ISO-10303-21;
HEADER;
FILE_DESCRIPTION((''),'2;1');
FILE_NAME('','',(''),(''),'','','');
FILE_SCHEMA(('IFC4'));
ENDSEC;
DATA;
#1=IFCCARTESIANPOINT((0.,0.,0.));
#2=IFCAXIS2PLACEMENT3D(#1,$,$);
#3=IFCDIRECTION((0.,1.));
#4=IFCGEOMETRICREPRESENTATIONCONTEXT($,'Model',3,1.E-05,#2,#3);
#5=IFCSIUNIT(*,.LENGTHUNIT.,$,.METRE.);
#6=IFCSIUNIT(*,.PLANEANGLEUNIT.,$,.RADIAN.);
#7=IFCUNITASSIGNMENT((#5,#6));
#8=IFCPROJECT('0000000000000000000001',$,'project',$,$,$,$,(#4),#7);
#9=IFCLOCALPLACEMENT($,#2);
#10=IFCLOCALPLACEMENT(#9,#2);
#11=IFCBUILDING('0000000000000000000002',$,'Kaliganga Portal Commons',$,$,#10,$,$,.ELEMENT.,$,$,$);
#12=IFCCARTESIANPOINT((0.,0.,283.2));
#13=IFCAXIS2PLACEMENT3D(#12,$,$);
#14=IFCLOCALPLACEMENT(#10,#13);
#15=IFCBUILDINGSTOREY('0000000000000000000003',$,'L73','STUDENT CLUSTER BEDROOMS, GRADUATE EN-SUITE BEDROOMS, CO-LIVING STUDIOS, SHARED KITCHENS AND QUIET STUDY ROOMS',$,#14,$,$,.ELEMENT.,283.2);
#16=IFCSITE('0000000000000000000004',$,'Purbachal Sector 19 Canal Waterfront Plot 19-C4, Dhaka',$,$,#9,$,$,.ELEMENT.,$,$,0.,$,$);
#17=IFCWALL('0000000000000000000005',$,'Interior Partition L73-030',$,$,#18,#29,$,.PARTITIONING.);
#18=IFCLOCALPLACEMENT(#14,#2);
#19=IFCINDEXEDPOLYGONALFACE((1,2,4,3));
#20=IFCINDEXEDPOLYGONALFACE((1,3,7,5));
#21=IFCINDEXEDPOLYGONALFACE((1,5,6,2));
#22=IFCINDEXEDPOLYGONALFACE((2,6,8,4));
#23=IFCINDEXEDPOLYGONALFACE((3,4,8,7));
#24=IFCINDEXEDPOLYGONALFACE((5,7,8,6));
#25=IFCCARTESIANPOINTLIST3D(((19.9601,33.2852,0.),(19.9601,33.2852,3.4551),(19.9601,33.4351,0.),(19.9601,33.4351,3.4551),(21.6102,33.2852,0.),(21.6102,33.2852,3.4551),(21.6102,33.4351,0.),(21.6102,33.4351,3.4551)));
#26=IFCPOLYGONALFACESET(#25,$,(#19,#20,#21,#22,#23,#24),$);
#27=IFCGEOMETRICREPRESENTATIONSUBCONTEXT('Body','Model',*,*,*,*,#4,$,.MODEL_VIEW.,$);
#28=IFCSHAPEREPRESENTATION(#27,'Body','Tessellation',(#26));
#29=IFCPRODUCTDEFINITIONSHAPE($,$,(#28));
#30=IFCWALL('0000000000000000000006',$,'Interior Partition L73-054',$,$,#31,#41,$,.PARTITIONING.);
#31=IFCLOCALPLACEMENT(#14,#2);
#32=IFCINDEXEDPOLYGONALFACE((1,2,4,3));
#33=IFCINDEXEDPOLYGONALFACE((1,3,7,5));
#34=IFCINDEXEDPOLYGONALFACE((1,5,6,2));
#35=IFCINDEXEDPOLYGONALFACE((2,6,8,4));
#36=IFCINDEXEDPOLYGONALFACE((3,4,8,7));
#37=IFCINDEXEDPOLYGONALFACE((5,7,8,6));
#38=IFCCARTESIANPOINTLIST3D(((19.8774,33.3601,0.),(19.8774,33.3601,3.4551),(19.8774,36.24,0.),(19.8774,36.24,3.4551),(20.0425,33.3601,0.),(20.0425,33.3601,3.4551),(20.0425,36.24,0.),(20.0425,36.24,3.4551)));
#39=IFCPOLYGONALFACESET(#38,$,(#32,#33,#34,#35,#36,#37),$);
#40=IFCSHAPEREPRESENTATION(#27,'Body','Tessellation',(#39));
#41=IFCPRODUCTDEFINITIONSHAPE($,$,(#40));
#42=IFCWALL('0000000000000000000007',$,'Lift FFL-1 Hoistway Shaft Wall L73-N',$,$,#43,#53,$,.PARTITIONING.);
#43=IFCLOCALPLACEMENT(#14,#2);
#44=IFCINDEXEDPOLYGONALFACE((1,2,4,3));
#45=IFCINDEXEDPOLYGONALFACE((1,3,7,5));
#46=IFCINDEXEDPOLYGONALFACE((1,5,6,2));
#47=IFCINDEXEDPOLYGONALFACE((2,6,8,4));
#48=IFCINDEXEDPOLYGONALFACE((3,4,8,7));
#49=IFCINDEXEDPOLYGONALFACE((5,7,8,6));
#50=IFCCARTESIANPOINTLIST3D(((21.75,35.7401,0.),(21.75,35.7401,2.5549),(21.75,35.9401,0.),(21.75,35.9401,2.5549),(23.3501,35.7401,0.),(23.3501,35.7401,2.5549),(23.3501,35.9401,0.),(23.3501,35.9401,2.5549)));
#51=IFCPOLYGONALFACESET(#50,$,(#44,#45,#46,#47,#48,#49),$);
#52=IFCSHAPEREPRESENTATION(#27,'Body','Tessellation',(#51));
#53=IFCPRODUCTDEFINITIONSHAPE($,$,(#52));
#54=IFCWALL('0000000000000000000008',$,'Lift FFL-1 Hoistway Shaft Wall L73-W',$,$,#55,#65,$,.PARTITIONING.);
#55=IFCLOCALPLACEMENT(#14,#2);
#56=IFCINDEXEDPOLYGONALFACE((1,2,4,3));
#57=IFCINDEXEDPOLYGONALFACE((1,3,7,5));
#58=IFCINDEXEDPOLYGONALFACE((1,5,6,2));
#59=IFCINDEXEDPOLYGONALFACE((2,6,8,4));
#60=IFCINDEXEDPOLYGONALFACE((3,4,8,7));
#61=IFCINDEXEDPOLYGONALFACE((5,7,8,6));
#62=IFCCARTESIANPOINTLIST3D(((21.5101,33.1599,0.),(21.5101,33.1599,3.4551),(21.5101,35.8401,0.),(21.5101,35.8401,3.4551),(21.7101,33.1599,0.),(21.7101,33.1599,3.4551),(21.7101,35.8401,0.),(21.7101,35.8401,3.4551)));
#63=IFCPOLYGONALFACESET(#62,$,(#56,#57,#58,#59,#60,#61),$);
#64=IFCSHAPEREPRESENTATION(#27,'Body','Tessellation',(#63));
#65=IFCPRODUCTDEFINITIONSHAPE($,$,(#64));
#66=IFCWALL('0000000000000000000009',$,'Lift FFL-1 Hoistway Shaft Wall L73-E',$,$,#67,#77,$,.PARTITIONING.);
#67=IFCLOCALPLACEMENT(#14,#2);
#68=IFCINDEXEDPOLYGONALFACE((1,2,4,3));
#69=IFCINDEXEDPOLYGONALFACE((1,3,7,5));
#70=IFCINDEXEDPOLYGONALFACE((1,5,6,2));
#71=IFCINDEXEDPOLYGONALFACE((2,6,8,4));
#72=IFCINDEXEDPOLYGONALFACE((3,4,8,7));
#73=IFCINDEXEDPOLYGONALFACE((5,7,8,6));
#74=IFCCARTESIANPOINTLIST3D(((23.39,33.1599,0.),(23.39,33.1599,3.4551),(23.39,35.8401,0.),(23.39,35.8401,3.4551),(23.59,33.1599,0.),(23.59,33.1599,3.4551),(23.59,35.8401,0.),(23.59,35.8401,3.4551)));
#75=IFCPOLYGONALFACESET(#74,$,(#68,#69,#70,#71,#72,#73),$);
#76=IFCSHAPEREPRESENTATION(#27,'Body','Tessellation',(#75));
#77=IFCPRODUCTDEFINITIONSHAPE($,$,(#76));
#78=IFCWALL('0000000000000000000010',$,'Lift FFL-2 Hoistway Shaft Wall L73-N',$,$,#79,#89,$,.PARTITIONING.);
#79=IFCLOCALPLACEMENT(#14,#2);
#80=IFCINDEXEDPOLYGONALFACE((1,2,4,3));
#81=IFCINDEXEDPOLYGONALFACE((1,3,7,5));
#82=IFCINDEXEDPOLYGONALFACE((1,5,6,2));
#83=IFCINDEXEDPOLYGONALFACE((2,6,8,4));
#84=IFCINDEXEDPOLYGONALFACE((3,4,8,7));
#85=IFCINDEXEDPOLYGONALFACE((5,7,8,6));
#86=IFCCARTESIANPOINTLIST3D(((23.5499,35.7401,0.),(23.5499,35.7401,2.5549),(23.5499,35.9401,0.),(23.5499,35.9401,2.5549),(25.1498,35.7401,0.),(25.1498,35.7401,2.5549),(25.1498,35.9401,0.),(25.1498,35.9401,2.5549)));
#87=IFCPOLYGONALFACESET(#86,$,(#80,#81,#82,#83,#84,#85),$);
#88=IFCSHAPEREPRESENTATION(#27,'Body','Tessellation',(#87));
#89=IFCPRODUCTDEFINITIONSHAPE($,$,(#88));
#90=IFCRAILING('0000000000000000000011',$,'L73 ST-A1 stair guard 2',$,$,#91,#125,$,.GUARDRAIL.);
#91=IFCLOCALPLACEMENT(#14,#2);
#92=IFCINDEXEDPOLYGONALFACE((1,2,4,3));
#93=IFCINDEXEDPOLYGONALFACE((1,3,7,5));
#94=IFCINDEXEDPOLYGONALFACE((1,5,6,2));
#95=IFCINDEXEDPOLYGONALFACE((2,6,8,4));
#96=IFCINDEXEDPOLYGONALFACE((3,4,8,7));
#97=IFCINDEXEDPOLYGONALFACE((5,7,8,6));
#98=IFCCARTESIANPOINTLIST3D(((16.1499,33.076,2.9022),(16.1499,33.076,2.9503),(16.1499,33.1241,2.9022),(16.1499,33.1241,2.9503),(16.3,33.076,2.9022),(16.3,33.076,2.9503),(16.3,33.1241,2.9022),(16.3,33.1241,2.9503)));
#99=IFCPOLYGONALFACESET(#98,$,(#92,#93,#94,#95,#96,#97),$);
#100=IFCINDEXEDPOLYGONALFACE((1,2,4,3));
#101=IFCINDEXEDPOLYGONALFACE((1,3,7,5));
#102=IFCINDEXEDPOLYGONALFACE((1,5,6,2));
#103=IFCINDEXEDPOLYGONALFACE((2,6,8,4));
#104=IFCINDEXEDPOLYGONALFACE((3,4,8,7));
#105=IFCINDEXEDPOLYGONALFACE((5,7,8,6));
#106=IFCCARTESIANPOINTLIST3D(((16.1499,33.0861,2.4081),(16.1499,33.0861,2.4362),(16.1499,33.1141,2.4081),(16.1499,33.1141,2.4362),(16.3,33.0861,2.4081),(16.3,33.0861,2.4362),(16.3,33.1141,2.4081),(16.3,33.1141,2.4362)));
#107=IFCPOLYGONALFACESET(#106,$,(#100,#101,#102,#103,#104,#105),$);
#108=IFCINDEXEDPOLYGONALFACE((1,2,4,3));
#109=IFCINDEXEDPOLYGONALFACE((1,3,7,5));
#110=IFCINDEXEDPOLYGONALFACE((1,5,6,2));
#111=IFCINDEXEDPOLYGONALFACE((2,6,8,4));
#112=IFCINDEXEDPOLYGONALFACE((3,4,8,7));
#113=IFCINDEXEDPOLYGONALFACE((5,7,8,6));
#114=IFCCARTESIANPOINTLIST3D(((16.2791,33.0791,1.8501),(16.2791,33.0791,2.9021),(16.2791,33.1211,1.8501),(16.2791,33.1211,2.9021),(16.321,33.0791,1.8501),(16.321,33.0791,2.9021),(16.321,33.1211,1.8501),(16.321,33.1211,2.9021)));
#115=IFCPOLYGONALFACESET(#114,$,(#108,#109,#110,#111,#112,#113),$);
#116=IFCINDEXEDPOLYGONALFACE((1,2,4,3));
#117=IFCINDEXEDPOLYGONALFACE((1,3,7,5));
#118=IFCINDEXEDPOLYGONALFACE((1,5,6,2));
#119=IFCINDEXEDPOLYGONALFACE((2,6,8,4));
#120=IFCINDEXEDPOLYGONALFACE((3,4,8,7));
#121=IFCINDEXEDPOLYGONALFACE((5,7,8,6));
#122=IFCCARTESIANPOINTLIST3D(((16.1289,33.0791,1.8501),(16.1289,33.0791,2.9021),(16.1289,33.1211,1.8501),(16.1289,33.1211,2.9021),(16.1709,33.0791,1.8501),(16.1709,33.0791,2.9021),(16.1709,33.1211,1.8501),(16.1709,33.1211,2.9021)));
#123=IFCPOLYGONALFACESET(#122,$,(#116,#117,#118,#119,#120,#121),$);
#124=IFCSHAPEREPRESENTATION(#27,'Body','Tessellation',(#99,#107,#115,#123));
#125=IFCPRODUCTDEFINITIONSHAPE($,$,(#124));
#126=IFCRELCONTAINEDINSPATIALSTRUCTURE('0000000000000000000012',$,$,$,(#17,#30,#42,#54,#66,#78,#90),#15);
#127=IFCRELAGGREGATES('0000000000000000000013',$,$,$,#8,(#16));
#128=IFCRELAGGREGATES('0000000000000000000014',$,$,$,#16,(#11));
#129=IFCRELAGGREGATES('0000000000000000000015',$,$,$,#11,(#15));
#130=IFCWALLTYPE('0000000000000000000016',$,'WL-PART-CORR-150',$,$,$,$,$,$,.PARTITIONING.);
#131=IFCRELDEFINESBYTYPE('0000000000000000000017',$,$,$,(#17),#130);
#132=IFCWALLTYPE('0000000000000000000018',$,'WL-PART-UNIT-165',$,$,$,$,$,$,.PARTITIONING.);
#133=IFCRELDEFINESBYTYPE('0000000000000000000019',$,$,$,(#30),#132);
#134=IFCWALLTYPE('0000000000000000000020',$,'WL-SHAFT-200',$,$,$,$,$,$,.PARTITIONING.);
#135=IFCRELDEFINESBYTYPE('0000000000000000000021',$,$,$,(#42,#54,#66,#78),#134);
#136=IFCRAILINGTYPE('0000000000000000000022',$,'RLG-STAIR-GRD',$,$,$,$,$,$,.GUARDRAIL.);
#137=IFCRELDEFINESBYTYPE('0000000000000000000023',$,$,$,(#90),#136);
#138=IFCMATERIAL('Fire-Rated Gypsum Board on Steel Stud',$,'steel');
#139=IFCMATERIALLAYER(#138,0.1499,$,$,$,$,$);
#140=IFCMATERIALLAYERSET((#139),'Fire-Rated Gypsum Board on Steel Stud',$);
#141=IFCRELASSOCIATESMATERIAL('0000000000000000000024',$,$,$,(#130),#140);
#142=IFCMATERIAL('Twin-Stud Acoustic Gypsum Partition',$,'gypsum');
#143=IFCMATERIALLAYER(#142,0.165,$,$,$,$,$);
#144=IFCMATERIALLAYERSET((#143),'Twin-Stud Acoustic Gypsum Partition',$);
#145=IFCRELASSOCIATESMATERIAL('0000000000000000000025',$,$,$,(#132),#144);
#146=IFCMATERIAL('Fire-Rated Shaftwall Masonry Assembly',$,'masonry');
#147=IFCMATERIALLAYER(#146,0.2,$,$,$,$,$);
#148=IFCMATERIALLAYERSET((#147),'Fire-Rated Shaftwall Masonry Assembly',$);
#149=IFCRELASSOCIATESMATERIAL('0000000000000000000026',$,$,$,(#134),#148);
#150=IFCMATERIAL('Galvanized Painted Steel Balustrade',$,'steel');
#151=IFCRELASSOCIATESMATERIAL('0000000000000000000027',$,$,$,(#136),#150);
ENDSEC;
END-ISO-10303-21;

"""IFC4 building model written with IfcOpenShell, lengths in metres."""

from ifc_helpers import new_model, si_unit, direction, frame, frame_2d, origin, origin_2d, place, context, subcontext, project, spatial, rectangle, extrude, material, layer, layer_set, type_object, element, save


model = new_model("IFC4")

# Units and contexts
model_context = context("Model", 3, precision=1e-05, world=origin(), true_north=direction((0.0, 1.0)))
body_context = subcontext(model_context, "Body", "Model", "MODEL_VIEW")
ifc_project = project(units=[si_unit("LENGTHUNIT", "METRE"), si_unit("PLANEANGLEUNIT", "RADIAN")], contexts=[model_context])

# Site, building, storey
site_placement = place(None, origin())
site = spatial("IfcSite", under=ifc_project, at=site_placement, Name="Purbachal Sector 19 Canal Waterfront Plot 19-C4, Dhaka", CompositionType="ELEMENT", RefElevation=0.0)
building_placement = place(site_placement, origin())
building = spatial("IfcBuilding", under=site, at=building_placement, Name="Kaliganga Portal Commons", CompositionType="ELEMENT")
storey_placement = place(building_placement, frame((0.0, 0.0, 283.2)))
storey = spatial("IfcBuildingStorey", under=building, at=storey_placement, Name="L73", Description="STUDENT CLUSTER BEDROOMS, GRADUATE EN-SUITE BEDROOMS, CO-LIVING STUDIOS, SHARED KITCHENS AND QUIET STUDY ROOMS", CompositionType="ELEMENT", Elevation=283.2)

# Walls
ifc_material_1 = material(Name="Fire-Rated Gypsum Board on Steel Stud", Category="steel")
ifc_layer_1 = layer(ifc_material_1, 0.1499)
ifc_layer_set_1 = layer_set([ifc_layer_1], Name="Fire-Rated Gypsum Board on Steel Stud")
wall_type_1 = type_object("IfcWallType", Name="WL-PART-CORR-150", PredefinedType="PARTITIONING", material=ifc_layer_set_1)
wall_1_placement = place(storey_placement, frame((19.96, 33.3601, 0.0), z_axis=(0.0, 0.0, 1.0), x_axis=(1.0, 0.0, 0.0)))
element("IfcWall", 1, at=wall_1_placement, inside=storey, type_object=wall_type_1, Name="Interior Partition L73-030", PredefinedType="PARTITIONING", context=body_context, shape_type="SweptSolid", body=[
    extrude(rectangle(XDim=1.6501, YDim=0.1499, at=frame_2d((0.8252, 0.0))), origin(), (0.0, 0.0, 1.0), 3.4551),
])
ifc_material_2 = material(Name="Twin-Stud Acoustic Gypsum Partition", Category="gypsum")
ifc_layer_2 = layer(ifc_material_2, 0.165)
ifc_layer_set_2 = layer_set([ifc_layer_2], Name="Twin-Stud Acoustic Gypsum Partition")
wall_type_2 = type_object("IfcWallType", Name="WL-PART-UNIT-165", PredefinedType="PARTITIONING", material=ifc_layer_set_2)
wall_2_placement = place(storey_placement, frame((19.96, 33.3601, 0.0), z_axis=(0.0, 0.0, 1.0), x_axis=(0.0, 1.0, 0.0)))
element("IfcWall", 2, at=wall_2_placement, inside=storey, type_object=wall_type_2, Name="Interior Partition L73-054", PredefinedType="PARTITIONING", context=body_context, shape_type="SweptSolid", body=[
    extrude(rectangle(XDim=2.8799, YDim=0.165, at=frame_2d((1.4399, 0.0))), origin(), (0.0, 0.0, 1.0), 3.4551),
])

# Shared definitions
ifc_material_3 = material(Name="Fire-Rated Shaftwall Masonry Assembly", Category="masonry")
ifc_layer_3 = layer(ifc_material_3, 0.2)
ifc_layer_set_3 = layer_set([ifc_layer_3], Name="Fire-Rated Shaftwall Masonry Assembly")
wall_type_3 = type_object("IfcWallType", Name="WL-SHAFT-200", PredefinedType="PARTITIONING", material=ifc_layer_set_3)

# Walls
wall_3_placement = place(storey_placement, frame((21.75, 35.8401, 0.0), z_axis=(0.0, 0.0, 1.0), x_axis=(1.0, 0.0, 0.0)))
element("IfcWall", 3, at=wall_3_placement, inside=storey, type_object=wall_type_3, Name="Lift FFL-1 Hoistway Shaft Wall L73-N", PredefinedType="PARTITIONING", context=body_context, shape_type="SweptSolid", body=[
    extrude(rectangle(XDim=1.6001, YDim=0.2, at=frame_2d((0.8, 0.0))), origin(), (0.0, 0.0, 1.0), 2.5549),
])
for number, where, z_axis, x_axis, name in (
    (4, (21.6101, 33.1599, 0.0), (0.0, 0.0, 1.0), (0.0, 1.0, 0.0), "Lift FFL-1 Hoistway Shaft Wall L73-W"),
    (5, (23.49, 33.1599, 0.0), (0.0, 0.0, 1.0), (0.0, 1.0, 0.0), "Lift FFL-1 Hoistway Shaft Wall L73-E"),
):
    element("IfcWall", number, at=place(storey_placement, frame(where, z_axis=z_axis, x_axis=x_axis)), inside=storey, type_object=wall_type_3, Name=name, PredefinedType="PARTITIONING", context=body_context, shape_type="SweptSolid", body=[
        extrude(rectangle(XDim=2.6802, YDim=0.2, at=frame_2d((1.3401, 0.0))), origin(), (0.0, 0.0, 1.0), 3.4551),
    ])

# Wall
wall_4_placement = place(storey_placement, frame((23.55, 35.8401, 0.0), z_axis=(0.0, 0.0, 1.0), x_axis=(1.0, 0.0, 0.0)))
element("IfcWall", 6, at=wall_4_placement, inside=storey, type_object=wall_type_3, Name="Lift FFL-2 Hoistway Shaft Wall L73-N", PredefinedType="PARTITIONING", context=body_context, shape_type="SweptSolid", body=[
    extrude(rectangle(XDim=1.5999, YDim=0.2, at=frame_2d((0.7998, 0.0))), origin(), (0.0, 0.0, 1.0), 2.5549),
])

# Railing
ifc_material_4 = material(Name="Galvanized Painted Steel Balustrade", Category="steel")
railing_type = type_object("IfcRailingType", Name="RLG-STAIR-GRD", PredefinedType="GUARDRAIL", material=ifc_material_4)
railing_placement = place(storey_placement, frame((16.3, 33.1001, 1.8501)))
element("IfcRailing", 7, at=railing_placement, inside=storey, type_object=railing_type, Name="L73 ST-A1 stair guard 2", PredefinedType="GUARDRAIL", context=body_context, shape_type="SweptSolid", body=[
    extrude(rectangle(XDim=0.0481, YDim=0.0481, at=origin_2d()), frame((0.0, 0.0, 1.0762), z_axis=(-1.0, 0.0, 0.0), x_axis=(0.0, -1.0, 0.0)), (0.0, 0.0, 1.0), 0.1501),
    extrude(rectangle(XDim=0.0281, YDim=0.0281, at=origin_2d()), frame((0.0, 0.0, 0.572), z_axis=(-1.0, 0.0, 0.0), x_axis=(0.0, -1.0, 0.0)), (0.0, 0.0, 1.0), 0.1501),
    extrude(rectangle(XDim=0.042, YDim=0.042, at=origin_2d()), origin(), (0.0, 0.0, 1.0), 1.052),
    extrude(rectangle(XDim=0.042, YDim=0.042, at=origin_2d()), frame((-0.1501, 0.0, 0.0)), (0.0, 0.0, 1.0), 1.052),
])

save(model, "model.ifc")
